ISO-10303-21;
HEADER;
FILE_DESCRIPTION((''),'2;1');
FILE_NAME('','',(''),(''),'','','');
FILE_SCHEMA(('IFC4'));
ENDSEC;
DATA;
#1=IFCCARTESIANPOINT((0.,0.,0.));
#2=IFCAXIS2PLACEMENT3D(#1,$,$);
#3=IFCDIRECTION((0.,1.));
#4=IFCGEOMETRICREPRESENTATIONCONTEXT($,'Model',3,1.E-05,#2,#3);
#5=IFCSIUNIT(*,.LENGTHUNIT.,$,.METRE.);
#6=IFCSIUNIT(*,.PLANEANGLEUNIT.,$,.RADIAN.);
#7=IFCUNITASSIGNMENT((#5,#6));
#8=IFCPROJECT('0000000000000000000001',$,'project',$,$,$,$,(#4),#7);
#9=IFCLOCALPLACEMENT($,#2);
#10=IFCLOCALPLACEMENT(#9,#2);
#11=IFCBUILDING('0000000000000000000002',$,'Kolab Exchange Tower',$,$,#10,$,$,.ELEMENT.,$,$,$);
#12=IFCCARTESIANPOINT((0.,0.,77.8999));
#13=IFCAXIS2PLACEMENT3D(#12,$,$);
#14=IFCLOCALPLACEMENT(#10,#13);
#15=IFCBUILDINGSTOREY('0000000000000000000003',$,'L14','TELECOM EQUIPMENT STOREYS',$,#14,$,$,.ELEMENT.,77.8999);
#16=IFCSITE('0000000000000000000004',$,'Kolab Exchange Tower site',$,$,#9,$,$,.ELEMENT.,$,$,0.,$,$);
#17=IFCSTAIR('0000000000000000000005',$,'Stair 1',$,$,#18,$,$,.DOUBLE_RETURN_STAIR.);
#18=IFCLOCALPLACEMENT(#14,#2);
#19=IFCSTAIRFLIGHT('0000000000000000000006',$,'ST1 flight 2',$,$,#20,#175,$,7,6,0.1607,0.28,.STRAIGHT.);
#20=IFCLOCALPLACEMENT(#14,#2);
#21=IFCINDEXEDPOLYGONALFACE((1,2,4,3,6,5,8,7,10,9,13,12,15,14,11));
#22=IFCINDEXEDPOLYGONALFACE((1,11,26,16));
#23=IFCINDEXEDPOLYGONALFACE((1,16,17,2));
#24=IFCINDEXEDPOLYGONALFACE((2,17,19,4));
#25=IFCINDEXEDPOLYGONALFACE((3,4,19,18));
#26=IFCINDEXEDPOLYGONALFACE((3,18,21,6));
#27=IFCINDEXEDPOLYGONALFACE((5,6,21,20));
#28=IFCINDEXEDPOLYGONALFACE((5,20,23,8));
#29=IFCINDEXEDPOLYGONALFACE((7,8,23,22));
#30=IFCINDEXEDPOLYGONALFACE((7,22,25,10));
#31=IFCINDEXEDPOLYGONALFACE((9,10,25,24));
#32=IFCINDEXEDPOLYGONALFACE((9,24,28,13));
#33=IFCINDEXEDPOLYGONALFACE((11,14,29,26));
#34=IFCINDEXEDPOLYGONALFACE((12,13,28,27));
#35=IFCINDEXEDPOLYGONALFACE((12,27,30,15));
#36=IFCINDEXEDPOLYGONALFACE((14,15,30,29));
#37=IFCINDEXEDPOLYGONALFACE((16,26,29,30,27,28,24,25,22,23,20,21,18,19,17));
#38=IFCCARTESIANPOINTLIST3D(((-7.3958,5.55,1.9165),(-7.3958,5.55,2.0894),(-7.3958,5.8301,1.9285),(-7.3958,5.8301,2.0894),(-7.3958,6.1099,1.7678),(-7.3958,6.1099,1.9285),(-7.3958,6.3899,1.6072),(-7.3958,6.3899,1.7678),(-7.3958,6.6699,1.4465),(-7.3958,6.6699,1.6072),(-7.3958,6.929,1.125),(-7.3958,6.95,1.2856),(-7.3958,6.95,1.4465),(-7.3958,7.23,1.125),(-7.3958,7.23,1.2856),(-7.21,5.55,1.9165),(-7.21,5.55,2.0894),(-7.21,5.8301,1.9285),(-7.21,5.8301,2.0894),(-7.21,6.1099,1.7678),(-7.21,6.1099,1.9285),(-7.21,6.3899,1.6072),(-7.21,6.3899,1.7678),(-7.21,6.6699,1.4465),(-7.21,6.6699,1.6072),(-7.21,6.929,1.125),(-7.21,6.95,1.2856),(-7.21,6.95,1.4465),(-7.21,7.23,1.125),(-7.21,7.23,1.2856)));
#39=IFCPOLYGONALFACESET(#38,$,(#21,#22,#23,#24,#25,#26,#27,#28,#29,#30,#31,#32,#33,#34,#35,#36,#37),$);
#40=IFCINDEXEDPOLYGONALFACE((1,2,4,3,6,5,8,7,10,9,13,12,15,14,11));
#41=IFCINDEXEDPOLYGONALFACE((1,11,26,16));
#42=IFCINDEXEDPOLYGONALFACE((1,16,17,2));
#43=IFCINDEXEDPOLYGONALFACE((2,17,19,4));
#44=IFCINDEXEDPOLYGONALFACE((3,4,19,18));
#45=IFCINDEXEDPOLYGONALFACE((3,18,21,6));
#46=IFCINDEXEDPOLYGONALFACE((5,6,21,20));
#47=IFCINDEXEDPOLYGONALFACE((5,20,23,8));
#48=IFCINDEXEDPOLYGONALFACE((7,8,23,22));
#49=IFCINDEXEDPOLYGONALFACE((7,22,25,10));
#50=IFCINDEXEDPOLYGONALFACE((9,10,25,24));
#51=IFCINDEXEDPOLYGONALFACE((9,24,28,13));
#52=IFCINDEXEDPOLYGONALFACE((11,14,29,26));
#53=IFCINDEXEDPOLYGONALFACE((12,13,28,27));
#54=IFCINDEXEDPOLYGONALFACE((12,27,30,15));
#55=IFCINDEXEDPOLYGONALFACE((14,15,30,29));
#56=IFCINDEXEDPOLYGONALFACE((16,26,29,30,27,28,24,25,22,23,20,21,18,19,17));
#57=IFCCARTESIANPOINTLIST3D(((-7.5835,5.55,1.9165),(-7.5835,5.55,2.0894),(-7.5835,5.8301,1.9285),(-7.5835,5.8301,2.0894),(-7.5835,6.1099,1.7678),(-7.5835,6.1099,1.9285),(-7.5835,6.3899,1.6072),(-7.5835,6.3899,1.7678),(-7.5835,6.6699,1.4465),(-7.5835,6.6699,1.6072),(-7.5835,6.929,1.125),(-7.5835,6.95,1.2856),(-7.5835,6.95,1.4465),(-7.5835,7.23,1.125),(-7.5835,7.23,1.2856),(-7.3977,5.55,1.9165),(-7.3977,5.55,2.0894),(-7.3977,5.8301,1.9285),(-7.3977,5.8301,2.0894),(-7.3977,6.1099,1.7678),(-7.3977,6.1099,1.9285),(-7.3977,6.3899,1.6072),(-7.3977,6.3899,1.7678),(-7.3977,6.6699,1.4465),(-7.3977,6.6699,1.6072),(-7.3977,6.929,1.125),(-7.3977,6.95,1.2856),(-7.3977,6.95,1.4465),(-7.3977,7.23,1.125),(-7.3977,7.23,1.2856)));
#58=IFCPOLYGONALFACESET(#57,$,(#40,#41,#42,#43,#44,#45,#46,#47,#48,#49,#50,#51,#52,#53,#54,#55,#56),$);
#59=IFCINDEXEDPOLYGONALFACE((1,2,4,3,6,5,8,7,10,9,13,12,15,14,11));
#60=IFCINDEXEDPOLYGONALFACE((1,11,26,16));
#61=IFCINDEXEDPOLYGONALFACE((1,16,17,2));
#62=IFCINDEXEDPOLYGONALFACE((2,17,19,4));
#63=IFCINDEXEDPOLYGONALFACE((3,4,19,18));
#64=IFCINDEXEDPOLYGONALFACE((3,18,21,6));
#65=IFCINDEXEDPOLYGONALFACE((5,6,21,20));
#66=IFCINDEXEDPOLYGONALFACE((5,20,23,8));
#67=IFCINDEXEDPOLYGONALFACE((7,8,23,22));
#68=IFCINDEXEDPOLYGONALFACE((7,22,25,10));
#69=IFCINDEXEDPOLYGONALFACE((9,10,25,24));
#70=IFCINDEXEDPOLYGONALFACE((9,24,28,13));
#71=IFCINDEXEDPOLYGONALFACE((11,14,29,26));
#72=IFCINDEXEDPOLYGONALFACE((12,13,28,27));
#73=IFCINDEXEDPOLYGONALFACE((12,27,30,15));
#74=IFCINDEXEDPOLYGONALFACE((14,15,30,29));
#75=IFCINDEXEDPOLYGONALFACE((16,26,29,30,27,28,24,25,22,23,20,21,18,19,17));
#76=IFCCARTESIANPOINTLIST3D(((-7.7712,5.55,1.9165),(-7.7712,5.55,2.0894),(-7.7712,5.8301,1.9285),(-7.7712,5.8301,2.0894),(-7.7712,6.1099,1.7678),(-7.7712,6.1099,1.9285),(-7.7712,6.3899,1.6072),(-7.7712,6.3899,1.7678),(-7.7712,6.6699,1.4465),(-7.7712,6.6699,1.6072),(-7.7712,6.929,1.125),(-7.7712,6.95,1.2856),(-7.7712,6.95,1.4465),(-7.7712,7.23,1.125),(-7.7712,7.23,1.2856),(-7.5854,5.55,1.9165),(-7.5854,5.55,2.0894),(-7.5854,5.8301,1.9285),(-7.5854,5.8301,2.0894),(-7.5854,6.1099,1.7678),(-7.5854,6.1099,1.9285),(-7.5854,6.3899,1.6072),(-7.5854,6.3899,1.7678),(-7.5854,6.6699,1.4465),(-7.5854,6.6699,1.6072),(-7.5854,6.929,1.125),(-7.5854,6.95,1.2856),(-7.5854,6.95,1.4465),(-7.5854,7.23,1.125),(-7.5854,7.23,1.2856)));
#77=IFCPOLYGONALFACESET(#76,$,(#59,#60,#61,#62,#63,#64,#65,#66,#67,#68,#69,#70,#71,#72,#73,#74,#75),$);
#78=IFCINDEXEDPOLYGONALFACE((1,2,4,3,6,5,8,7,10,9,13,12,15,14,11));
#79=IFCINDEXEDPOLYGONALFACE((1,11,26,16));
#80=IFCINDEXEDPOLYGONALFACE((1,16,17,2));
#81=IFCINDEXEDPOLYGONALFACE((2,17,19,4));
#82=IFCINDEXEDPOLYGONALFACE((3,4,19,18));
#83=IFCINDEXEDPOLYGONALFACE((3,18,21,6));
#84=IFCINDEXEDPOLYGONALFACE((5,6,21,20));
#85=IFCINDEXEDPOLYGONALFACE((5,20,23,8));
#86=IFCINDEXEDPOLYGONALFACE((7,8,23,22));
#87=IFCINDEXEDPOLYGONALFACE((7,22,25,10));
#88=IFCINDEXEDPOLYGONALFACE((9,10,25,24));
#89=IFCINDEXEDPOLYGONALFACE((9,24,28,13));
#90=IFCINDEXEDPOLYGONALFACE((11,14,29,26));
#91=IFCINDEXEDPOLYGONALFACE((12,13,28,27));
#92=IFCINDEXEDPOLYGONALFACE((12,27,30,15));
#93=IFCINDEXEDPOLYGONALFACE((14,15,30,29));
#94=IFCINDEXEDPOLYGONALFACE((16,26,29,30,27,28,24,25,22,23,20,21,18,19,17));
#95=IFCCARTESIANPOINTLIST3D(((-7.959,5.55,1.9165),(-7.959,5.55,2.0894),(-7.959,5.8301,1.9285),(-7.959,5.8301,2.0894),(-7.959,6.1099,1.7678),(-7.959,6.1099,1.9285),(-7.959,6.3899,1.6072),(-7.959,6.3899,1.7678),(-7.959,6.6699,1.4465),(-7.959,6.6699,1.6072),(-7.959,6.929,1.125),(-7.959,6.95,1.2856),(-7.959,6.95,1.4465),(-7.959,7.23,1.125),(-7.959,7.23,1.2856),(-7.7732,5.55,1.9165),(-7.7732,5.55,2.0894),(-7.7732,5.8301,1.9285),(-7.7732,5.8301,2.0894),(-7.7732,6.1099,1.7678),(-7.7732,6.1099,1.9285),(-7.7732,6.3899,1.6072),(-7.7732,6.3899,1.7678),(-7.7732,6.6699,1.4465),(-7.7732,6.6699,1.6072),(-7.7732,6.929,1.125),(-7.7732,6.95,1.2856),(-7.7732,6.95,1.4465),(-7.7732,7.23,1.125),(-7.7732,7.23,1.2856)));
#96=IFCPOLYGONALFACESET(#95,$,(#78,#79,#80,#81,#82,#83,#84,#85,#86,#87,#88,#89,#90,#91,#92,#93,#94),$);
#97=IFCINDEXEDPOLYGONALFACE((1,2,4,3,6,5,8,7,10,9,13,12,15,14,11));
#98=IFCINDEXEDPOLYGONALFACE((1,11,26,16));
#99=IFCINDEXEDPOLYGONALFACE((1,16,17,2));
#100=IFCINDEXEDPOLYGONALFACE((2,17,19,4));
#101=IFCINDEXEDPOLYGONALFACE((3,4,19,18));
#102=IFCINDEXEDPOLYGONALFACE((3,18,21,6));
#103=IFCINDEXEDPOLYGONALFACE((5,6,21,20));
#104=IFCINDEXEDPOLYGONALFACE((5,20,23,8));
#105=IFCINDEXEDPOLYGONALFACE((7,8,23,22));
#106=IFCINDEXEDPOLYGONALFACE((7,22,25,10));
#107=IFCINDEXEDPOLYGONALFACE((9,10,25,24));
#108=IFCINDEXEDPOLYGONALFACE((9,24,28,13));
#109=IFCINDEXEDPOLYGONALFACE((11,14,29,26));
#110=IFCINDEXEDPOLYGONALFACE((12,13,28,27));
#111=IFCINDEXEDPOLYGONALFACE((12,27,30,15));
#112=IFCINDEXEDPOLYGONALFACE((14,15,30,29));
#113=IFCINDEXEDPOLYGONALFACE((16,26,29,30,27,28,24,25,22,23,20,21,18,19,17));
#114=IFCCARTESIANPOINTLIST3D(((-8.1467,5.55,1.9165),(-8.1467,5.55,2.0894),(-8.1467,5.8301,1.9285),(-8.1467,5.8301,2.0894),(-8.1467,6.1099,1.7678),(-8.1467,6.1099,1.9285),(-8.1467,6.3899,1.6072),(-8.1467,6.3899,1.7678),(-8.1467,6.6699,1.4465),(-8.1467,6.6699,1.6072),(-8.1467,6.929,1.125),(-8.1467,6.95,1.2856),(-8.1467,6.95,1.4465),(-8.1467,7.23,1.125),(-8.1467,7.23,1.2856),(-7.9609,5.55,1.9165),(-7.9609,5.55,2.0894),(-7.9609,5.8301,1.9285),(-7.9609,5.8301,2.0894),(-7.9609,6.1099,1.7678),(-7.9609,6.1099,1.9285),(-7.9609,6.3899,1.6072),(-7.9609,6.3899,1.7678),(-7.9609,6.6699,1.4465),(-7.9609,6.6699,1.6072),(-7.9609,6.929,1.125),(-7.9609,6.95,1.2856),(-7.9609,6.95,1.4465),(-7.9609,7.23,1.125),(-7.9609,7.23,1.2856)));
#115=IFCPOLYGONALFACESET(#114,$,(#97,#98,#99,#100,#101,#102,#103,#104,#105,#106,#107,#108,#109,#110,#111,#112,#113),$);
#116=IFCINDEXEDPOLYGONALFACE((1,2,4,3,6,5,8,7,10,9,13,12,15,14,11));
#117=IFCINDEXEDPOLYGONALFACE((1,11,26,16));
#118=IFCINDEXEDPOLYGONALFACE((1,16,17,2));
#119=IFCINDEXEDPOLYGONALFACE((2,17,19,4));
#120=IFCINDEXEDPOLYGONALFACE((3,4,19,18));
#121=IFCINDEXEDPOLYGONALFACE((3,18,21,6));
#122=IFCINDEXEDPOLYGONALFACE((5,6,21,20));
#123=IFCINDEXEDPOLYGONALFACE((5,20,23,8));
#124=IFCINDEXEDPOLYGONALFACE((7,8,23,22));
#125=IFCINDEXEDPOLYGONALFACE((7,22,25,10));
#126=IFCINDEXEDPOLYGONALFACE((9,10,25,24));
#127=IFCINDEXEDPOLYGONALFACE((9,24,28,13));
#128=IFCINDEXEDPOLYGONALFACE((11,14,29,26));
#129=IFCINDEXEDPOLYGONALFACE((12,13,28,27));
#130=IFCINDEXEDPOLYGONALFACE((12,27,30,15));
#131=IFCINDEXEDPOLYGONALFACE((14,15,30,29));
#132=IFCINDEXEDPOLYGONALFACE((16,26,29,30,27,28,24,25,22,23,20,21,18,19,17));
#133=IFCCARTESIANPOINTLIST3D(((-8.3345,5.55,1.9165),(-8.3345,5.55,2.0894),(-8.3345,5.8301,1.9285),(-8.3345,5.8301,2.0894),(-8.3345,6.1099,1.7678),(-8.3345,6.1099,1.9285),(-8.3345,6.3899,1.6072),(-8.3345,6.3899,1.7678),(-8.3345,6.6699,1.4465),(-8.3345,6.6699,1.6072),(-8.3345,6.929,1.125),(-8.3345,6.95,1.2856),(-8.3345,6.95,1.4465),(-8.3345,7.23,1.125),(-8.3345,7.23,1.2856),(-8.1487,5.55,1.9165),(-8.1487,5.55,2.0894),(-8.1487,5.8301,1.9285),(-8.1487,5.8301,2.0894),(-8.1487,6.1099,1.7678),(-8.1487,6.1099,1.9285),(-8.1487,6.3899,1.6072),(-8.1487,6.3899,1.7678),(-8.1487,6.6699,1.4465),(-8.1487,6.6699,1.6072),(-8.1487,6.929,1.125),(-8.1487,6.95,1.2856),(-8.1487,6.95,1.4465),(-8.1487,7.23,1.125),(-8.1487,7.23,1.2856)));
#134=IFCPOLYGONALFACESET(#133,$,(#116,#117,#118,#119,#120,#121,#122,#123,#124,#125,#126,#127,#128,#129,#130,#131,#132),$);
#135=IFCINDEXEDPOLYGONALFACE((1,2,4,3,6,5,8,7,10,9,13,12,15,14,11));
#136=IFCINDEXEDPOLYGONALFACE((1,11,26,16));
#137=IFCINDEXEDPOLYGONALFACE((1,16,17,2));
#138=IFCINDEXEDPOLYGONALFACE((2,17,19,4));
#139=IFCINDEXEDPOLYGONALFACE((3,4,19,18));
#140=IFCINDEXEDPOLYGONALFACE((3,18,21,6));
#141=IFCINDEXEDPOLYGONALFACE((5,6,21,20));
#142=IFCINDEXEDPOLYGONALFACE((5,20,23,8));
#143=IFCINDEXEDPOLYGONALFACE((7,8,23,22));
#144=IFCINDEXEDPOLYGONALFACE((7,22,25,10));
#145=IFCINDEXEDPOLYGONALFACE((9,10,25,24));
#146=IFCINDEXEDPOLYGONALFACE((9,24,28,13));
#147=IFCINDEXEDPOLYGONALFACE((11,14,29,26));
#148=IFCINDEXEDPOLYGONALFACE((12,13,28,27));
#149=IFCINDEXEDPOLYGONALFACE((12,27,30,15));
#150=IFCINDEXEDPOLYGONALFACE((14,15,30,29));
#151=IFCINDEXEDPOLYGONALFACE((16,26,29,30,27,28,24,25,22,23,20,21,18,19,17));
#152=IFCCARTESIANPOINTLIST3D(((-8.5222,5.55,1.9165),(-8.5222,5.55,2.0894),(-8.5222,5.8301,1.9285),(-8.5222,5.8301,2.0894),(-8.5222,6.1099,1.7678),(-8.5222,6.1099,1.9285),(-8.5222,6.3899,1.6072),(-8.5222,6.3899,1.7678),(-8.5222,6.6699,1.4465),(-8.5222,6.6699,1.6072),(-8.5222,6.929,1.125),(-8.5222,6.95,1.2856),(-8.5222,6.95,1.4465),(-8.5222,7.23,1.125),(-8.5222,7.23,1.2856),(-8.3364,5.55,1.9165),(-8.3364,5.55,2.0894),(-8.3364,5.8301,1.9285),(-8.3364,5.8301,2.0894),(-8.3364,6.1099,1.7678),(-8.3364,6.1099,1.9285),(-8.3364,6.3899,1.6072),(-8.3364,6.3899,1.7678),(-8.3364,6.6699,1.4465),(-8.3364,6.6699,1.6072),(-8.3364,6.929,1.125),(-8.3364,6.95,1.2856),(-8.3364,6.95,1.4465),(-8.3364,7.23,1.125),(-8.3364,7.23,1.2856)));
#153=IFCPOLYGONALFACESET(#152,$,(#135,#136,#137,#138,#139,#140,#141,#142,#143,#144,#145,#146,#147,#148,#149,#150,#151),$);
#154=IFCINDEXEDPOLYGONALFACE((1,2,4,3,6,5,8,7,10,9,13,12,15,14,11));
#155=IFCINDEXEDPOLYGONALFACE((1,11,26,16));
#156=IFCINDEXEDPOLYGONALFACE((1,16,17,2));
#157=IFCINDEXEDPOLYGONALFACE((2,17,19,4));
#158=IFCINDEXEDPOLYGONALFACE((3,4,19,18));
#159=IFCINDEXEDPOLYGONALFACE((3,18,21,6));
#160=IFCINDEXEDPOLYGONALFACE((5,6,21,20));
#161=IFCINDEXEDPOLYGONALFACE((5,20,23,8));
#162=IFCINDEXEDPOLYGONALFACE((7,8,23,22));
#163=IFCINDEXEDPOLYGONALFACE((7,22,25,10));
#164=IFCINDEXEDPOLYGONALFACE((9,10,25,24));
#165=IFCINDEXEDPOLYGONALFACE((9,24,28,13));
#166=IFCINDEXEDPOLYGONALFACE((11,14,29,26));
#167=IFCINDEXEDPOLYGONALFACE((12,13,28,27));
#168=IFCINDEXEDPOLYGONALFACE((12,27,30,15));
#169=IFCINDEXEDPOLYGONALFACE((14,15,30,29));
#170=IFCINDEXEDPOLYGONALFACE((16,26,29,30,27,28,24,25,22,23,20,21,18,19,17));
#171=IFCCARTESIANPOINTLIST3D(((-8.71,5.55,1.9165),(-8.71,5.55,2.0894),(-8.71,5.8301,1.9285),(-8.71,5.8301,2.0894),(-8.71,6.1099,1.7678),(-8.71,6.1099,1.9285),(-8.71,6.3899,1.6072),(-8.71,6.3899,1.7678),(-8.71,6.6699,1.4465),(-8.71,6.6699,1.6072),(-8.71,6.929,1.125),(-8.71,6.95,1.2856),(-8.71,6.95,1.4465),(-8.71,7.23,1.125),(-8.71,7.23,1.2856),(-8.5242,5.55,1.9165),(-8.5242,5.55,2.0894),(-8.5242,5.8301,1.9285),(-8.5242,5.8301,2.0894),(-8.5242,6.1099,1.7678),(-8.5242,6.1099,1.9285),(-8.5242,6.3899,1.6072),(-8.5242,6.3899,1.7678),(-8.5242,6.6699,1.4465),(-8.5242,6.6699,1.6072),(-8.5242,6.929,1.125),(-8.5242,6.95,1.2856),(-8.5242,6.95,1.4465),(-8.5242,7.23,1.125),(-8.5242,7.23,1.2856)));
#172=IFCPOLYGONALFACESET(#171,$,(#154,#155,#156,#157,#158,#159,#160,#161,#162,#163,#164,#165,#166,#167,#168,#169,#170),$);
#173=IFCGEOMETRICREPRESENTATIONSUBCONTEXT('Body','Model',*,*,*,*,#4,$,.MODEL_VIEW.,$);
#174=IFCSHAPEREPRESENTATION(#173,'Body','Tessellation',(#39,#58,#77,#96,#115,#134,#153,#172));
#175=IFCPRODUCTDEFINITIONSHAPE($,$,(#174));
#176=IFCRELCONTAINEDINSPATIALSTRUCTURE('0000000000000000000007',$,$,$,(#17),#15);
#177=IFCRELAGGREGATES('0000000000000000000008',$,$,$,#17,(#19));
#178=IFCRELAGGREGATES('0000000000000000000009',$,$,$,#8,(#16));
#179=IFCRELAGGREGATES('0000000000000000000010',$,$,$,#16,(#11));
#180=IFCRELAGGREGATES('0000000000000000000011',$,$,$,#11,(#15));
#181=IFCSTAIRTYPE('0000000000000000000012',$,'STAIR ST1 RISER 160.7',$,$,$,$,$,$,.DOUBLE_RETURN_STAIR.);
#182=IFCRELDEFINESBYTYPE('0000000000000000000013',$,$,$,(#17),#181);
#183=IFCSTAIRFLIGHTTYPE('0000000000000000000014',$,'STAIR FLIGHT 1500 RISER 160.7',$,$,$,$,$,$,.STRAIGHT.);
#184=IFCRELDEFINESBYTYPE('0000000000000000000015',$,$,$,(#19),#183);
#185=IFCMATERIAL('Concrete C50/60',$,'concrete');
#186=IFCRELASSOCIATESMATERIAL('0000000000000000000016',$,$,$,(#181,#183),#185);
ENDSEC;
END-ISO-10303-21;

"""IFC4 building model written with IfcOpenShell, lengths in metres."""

from ifc_helpers import new_model, si_unit, direction, frame, origin, place, context, subcontext, project, spatial, polyline, outline, extrude, material, type_object, element, aggregate, save


model = new_model("IFC4")

# Units and contexts
model_context = context("Model", 3, precision=1e-05, world=origin(), true_north=direction((0.0, 1.0)))
body_context = subcontext(model_context, "Body", "Model", "MODEL_VIEW")
ifc_project = project(units=[si_unit("LENGTHUNIT", "METRE"), si_unit("PLANEANGLEUNIT", "RADIAN")], contexts=[model_context])

# Site, building, storey
site_placement = place(None, origin())
site = spatial("IfcSite", under=ifc_project, at=site_placement, Name="Kolab Exchange Tower site", CompositionType="ELEMENT", RefElevation=0.0)
building_placement = place(site_placement, origin())
building = spatial("IfcBuilding", under=site, at=building_placement, Name="Kolab Exchange Tower", CompositionType="ELEMENT")
storey_placement = place(building_placement, frame((0.0, 0.0, 77.8999)))
storey = spatial("IfcBuildingStorey", under=building, at=storey_placement, Name="L14", Description="TELECOM EQUIPMENT STOREYS", CompositionType="ELEMENT", Elevation=77.8999)

# Shared definitions
ifc_material_1 = material(Name="Concrete C50/60", Category="concrete")

# Stair, stair flight
stair_type = type_object("IfcStairType", Name="STAIR ST1 RISER 160.7", PredefinedType="DOUBLE_RETURN_STAIR", material=ifc_material_1)
stair_placement = place(storey_placement, origin())
stair = element("IfcStair", 1, at=stair_placement, inside=storey, type_object=stair_type, Name="Stair 1", PredefinedType="DOUBLE_RETURN_STAIR")
stair_flight_type = type_object("IfcStairFlightType", Name="STAIR FLIGHT 1500 RISER 160.7", PredefinedType="STRAIGHT", material=ifc_material_1)
stair_flight_1_placement = place(storey_placement, frame((-7.96, 7.23, 1.125), z_axis=(0.0, 0.0, 1.0), x_axis=(0.0, -1.0, 0.0)))
stair_flight_1 = element("IfcStairFlight", 2, at=stair_flight_1_placement, type_object=stair_flight_type, Name="ST1 flight 2", NumberOfRisers=7, NumberOfTreads=6, PredefinedType="STRAIGHT", RiserHeight=0.1607, TreadLength=0.28, context=body_context, shape_type="SweptSolid", body=[
    extrude(outline(polyline([(0.0, 0.0), (0.0, 0.1606), (0.28, 0.1606), (0.28, 0.3215), (0.5601, 0.3215), (0.5601, 0.4822), (0.8401, 0.4822), (0.8401, 0.6428), (1.1201, 0.6428), (1.1201, 0.8035), (1.3999, 0.8035), (1.3999, 0.9644), (1.6799, 0.9644), (1.6799, 1.125), (1.6799, 0.7915), (0.301, 0.0), (0.0, 0.0)])), frame((0.0, 0.75, 0.0), z_axis=(0.0, -1.0, 0.0), x_axis=(1.0, 0.0, 0.0)), (0.0, 0.0, 1.0), 0.1858),
    extrude(outline(polyline([(0.0, 0.0), (0.0, 0.1606), (0.28, 0.1606), (0.28, 0.3215), (0.5601, 0.3215), (0.5601, 0.4822), (0.8401, 0.4822), (0.8401, 0.6428), (1.1201, 0.6428), (1.1201, 0.8035), (1.3999, 0.8035), (1.3999, 0.9644), (1.6799, 0.9644), (1.6799, 1.125), (1.6799, 0.7915), (0.301, 0.0), (0.0, 0.0)])), frame((0.0, 0.5623, 0.0), z_axis=(0.0, -1.0, 0.0), x_axis=(1.0, 0.0, 0.0)), (0.0, 0.0, 1.0), 0.1858),
    extrude(outline(polyline([(0.0, 0.0), (0.0, 0.1606), (0.28, 0.1606), (0.28, 0.3215), (0.5601, 0.3215), (0.5601, 0.4822), (0.8401, 0.4822), (0.8401, 0.6428), (1.1201, 0.6428), (1.1201, 0.8035), (1.3999, 0.8035), (1.3999, 0.9644), (1.6799, 0.9644), (1.6799, 1.125), (1.6799, 0.7915), (0.301, 0.0), (0.0, 0.0)])), frame((0.0, 0.3745, 0.0), z_axis=(0.0, -1.0, 0.0), x_axis=(1.0, 0.0, 0.0)), (0.0, 0.0, 1.0), 0.1858),
    extrude(outline(polyline([(0.0, 0.0), (0.0, 0.1606), (0.28, 0.1606), (0.28, 0.3215), (0.5601, 0.3215), (0.5601, 0.4822), (0.8401, 0.4822), (0.8401, 0.6428), (1.1201, 0.6428), (1.1201, 0.8035), (1.3999, 0.8035), (1.3999, 0.9644), (1.6799, 0.9644), (1.6799, 1.125), (1.6799, 0.7915), (0.301, 0.0), (0.0, 0.0)])), frame((0.0, 0.1868, 0.0), z_axis=(0.0, -1.0, 0.0), x_axis=(1.0, 0.0, 0.0)), (0.0, 0.0, 1.0), 0.1858),
    extrude(outline(polyline([(0.0, 0.0), (0.0, 0.1606), (0.28, 0.1606), (0.28, 0.3215), (0.5601, 0.3215), (0.5601, 0.4822), (0.8401, 0.4822), (0.8401, 0.6428), (1.1201, 0.6428), (1.1201, 0.8035), (1.3999, 0.8035), (1.3999, 0.9644), (1.6799, 0.9644), (1.6799, 1.125), (1.6799, 0.7915), (0.301, 0.0), (0.0, 0.0)])), frame((0.0, -0.001, 0.0), z_axis=(0.0, -1.0, 0.0), x_axis=(1.0, 0.0, 0.0)), (0.0, 0.0, 1.0), 0.1858),
    extrude(outline(polyline([(0.0, 0.0), (0.0, 0.1606), (0.28, 0.1606), (0.28, 0.3215), (0.5601, 0.3215), (0.5601, 0.4822), (0.8401, 0.4822), (0.8401, 0.6428), (1.1201, 0.6428), (1.1201, 0.8035), (1.3999, 0.8035), (1.3999, 0.9644), (1.6799, 0.9644), (1.6799, 1.125), (1.6799, 0.7915), (0.301, 0.0), (0.0, 0.0)])), frame((0.0, -0.1887, 0.0), z_axis=(0.0, -1.0, 0.0), x_axis=(1.0, 0.0, 0.0)), (0.0, 0.0, 1.0), 0.1858),
    extrude(outline(polyline([(0.0, 0.0), (0.0, 0.1606), (0.28, 0.1606), (0.28, 0.3215), (0.5601, 0.3215), (0.5601, 0.4822), (0.8401, 0.4822), (0.8401, 0.6428), (1.1201, 0.6428), (1.1201, 0.8035), (1.3999, 0.8035), (1.3999, 0.9644), (1.6799, 0.9644), (1.6799, 1.125), (1.6799, 0.7915), (0.301, 0.0), (0.0, 0.0)])), frame((0.0, -0.3765, 0.0), z_axis=(0.0, -1.0, 0.0), x_axis=(1.0, 0.0, 0.0)), (0.0, 0.0, 1.0), 0.1858),
    extrude(outline(polyline([(0.0, 0.0), (0.0, 0.1606), (0.28, 0.1606), (0.28, 0.3215), (0.5601, 0.3215), (0.5601, 0.4822), (0.8401, 0.4822), (0.8401, 0.6428), (1.1201, 0.6428), (1.1201, 0.8035), (1.3999, 0.8035), (1.3999, 0.9644), (1.6799, 0.9644), (1.6799, 1.125), (1.6799, 0.7915), (0.301, 0.0), (0.0, 0.0)])), frame((0.0, -0.5642, 0.0), z_axis=(0.0, -1.0, 0.0), x_axis=(1.0, 0.0, 0.0)), (0.0, 0.0, 1.0), 0.1858),
])
aggregate(stair, [stair_flight_1])

save(model, "model.ifc")
